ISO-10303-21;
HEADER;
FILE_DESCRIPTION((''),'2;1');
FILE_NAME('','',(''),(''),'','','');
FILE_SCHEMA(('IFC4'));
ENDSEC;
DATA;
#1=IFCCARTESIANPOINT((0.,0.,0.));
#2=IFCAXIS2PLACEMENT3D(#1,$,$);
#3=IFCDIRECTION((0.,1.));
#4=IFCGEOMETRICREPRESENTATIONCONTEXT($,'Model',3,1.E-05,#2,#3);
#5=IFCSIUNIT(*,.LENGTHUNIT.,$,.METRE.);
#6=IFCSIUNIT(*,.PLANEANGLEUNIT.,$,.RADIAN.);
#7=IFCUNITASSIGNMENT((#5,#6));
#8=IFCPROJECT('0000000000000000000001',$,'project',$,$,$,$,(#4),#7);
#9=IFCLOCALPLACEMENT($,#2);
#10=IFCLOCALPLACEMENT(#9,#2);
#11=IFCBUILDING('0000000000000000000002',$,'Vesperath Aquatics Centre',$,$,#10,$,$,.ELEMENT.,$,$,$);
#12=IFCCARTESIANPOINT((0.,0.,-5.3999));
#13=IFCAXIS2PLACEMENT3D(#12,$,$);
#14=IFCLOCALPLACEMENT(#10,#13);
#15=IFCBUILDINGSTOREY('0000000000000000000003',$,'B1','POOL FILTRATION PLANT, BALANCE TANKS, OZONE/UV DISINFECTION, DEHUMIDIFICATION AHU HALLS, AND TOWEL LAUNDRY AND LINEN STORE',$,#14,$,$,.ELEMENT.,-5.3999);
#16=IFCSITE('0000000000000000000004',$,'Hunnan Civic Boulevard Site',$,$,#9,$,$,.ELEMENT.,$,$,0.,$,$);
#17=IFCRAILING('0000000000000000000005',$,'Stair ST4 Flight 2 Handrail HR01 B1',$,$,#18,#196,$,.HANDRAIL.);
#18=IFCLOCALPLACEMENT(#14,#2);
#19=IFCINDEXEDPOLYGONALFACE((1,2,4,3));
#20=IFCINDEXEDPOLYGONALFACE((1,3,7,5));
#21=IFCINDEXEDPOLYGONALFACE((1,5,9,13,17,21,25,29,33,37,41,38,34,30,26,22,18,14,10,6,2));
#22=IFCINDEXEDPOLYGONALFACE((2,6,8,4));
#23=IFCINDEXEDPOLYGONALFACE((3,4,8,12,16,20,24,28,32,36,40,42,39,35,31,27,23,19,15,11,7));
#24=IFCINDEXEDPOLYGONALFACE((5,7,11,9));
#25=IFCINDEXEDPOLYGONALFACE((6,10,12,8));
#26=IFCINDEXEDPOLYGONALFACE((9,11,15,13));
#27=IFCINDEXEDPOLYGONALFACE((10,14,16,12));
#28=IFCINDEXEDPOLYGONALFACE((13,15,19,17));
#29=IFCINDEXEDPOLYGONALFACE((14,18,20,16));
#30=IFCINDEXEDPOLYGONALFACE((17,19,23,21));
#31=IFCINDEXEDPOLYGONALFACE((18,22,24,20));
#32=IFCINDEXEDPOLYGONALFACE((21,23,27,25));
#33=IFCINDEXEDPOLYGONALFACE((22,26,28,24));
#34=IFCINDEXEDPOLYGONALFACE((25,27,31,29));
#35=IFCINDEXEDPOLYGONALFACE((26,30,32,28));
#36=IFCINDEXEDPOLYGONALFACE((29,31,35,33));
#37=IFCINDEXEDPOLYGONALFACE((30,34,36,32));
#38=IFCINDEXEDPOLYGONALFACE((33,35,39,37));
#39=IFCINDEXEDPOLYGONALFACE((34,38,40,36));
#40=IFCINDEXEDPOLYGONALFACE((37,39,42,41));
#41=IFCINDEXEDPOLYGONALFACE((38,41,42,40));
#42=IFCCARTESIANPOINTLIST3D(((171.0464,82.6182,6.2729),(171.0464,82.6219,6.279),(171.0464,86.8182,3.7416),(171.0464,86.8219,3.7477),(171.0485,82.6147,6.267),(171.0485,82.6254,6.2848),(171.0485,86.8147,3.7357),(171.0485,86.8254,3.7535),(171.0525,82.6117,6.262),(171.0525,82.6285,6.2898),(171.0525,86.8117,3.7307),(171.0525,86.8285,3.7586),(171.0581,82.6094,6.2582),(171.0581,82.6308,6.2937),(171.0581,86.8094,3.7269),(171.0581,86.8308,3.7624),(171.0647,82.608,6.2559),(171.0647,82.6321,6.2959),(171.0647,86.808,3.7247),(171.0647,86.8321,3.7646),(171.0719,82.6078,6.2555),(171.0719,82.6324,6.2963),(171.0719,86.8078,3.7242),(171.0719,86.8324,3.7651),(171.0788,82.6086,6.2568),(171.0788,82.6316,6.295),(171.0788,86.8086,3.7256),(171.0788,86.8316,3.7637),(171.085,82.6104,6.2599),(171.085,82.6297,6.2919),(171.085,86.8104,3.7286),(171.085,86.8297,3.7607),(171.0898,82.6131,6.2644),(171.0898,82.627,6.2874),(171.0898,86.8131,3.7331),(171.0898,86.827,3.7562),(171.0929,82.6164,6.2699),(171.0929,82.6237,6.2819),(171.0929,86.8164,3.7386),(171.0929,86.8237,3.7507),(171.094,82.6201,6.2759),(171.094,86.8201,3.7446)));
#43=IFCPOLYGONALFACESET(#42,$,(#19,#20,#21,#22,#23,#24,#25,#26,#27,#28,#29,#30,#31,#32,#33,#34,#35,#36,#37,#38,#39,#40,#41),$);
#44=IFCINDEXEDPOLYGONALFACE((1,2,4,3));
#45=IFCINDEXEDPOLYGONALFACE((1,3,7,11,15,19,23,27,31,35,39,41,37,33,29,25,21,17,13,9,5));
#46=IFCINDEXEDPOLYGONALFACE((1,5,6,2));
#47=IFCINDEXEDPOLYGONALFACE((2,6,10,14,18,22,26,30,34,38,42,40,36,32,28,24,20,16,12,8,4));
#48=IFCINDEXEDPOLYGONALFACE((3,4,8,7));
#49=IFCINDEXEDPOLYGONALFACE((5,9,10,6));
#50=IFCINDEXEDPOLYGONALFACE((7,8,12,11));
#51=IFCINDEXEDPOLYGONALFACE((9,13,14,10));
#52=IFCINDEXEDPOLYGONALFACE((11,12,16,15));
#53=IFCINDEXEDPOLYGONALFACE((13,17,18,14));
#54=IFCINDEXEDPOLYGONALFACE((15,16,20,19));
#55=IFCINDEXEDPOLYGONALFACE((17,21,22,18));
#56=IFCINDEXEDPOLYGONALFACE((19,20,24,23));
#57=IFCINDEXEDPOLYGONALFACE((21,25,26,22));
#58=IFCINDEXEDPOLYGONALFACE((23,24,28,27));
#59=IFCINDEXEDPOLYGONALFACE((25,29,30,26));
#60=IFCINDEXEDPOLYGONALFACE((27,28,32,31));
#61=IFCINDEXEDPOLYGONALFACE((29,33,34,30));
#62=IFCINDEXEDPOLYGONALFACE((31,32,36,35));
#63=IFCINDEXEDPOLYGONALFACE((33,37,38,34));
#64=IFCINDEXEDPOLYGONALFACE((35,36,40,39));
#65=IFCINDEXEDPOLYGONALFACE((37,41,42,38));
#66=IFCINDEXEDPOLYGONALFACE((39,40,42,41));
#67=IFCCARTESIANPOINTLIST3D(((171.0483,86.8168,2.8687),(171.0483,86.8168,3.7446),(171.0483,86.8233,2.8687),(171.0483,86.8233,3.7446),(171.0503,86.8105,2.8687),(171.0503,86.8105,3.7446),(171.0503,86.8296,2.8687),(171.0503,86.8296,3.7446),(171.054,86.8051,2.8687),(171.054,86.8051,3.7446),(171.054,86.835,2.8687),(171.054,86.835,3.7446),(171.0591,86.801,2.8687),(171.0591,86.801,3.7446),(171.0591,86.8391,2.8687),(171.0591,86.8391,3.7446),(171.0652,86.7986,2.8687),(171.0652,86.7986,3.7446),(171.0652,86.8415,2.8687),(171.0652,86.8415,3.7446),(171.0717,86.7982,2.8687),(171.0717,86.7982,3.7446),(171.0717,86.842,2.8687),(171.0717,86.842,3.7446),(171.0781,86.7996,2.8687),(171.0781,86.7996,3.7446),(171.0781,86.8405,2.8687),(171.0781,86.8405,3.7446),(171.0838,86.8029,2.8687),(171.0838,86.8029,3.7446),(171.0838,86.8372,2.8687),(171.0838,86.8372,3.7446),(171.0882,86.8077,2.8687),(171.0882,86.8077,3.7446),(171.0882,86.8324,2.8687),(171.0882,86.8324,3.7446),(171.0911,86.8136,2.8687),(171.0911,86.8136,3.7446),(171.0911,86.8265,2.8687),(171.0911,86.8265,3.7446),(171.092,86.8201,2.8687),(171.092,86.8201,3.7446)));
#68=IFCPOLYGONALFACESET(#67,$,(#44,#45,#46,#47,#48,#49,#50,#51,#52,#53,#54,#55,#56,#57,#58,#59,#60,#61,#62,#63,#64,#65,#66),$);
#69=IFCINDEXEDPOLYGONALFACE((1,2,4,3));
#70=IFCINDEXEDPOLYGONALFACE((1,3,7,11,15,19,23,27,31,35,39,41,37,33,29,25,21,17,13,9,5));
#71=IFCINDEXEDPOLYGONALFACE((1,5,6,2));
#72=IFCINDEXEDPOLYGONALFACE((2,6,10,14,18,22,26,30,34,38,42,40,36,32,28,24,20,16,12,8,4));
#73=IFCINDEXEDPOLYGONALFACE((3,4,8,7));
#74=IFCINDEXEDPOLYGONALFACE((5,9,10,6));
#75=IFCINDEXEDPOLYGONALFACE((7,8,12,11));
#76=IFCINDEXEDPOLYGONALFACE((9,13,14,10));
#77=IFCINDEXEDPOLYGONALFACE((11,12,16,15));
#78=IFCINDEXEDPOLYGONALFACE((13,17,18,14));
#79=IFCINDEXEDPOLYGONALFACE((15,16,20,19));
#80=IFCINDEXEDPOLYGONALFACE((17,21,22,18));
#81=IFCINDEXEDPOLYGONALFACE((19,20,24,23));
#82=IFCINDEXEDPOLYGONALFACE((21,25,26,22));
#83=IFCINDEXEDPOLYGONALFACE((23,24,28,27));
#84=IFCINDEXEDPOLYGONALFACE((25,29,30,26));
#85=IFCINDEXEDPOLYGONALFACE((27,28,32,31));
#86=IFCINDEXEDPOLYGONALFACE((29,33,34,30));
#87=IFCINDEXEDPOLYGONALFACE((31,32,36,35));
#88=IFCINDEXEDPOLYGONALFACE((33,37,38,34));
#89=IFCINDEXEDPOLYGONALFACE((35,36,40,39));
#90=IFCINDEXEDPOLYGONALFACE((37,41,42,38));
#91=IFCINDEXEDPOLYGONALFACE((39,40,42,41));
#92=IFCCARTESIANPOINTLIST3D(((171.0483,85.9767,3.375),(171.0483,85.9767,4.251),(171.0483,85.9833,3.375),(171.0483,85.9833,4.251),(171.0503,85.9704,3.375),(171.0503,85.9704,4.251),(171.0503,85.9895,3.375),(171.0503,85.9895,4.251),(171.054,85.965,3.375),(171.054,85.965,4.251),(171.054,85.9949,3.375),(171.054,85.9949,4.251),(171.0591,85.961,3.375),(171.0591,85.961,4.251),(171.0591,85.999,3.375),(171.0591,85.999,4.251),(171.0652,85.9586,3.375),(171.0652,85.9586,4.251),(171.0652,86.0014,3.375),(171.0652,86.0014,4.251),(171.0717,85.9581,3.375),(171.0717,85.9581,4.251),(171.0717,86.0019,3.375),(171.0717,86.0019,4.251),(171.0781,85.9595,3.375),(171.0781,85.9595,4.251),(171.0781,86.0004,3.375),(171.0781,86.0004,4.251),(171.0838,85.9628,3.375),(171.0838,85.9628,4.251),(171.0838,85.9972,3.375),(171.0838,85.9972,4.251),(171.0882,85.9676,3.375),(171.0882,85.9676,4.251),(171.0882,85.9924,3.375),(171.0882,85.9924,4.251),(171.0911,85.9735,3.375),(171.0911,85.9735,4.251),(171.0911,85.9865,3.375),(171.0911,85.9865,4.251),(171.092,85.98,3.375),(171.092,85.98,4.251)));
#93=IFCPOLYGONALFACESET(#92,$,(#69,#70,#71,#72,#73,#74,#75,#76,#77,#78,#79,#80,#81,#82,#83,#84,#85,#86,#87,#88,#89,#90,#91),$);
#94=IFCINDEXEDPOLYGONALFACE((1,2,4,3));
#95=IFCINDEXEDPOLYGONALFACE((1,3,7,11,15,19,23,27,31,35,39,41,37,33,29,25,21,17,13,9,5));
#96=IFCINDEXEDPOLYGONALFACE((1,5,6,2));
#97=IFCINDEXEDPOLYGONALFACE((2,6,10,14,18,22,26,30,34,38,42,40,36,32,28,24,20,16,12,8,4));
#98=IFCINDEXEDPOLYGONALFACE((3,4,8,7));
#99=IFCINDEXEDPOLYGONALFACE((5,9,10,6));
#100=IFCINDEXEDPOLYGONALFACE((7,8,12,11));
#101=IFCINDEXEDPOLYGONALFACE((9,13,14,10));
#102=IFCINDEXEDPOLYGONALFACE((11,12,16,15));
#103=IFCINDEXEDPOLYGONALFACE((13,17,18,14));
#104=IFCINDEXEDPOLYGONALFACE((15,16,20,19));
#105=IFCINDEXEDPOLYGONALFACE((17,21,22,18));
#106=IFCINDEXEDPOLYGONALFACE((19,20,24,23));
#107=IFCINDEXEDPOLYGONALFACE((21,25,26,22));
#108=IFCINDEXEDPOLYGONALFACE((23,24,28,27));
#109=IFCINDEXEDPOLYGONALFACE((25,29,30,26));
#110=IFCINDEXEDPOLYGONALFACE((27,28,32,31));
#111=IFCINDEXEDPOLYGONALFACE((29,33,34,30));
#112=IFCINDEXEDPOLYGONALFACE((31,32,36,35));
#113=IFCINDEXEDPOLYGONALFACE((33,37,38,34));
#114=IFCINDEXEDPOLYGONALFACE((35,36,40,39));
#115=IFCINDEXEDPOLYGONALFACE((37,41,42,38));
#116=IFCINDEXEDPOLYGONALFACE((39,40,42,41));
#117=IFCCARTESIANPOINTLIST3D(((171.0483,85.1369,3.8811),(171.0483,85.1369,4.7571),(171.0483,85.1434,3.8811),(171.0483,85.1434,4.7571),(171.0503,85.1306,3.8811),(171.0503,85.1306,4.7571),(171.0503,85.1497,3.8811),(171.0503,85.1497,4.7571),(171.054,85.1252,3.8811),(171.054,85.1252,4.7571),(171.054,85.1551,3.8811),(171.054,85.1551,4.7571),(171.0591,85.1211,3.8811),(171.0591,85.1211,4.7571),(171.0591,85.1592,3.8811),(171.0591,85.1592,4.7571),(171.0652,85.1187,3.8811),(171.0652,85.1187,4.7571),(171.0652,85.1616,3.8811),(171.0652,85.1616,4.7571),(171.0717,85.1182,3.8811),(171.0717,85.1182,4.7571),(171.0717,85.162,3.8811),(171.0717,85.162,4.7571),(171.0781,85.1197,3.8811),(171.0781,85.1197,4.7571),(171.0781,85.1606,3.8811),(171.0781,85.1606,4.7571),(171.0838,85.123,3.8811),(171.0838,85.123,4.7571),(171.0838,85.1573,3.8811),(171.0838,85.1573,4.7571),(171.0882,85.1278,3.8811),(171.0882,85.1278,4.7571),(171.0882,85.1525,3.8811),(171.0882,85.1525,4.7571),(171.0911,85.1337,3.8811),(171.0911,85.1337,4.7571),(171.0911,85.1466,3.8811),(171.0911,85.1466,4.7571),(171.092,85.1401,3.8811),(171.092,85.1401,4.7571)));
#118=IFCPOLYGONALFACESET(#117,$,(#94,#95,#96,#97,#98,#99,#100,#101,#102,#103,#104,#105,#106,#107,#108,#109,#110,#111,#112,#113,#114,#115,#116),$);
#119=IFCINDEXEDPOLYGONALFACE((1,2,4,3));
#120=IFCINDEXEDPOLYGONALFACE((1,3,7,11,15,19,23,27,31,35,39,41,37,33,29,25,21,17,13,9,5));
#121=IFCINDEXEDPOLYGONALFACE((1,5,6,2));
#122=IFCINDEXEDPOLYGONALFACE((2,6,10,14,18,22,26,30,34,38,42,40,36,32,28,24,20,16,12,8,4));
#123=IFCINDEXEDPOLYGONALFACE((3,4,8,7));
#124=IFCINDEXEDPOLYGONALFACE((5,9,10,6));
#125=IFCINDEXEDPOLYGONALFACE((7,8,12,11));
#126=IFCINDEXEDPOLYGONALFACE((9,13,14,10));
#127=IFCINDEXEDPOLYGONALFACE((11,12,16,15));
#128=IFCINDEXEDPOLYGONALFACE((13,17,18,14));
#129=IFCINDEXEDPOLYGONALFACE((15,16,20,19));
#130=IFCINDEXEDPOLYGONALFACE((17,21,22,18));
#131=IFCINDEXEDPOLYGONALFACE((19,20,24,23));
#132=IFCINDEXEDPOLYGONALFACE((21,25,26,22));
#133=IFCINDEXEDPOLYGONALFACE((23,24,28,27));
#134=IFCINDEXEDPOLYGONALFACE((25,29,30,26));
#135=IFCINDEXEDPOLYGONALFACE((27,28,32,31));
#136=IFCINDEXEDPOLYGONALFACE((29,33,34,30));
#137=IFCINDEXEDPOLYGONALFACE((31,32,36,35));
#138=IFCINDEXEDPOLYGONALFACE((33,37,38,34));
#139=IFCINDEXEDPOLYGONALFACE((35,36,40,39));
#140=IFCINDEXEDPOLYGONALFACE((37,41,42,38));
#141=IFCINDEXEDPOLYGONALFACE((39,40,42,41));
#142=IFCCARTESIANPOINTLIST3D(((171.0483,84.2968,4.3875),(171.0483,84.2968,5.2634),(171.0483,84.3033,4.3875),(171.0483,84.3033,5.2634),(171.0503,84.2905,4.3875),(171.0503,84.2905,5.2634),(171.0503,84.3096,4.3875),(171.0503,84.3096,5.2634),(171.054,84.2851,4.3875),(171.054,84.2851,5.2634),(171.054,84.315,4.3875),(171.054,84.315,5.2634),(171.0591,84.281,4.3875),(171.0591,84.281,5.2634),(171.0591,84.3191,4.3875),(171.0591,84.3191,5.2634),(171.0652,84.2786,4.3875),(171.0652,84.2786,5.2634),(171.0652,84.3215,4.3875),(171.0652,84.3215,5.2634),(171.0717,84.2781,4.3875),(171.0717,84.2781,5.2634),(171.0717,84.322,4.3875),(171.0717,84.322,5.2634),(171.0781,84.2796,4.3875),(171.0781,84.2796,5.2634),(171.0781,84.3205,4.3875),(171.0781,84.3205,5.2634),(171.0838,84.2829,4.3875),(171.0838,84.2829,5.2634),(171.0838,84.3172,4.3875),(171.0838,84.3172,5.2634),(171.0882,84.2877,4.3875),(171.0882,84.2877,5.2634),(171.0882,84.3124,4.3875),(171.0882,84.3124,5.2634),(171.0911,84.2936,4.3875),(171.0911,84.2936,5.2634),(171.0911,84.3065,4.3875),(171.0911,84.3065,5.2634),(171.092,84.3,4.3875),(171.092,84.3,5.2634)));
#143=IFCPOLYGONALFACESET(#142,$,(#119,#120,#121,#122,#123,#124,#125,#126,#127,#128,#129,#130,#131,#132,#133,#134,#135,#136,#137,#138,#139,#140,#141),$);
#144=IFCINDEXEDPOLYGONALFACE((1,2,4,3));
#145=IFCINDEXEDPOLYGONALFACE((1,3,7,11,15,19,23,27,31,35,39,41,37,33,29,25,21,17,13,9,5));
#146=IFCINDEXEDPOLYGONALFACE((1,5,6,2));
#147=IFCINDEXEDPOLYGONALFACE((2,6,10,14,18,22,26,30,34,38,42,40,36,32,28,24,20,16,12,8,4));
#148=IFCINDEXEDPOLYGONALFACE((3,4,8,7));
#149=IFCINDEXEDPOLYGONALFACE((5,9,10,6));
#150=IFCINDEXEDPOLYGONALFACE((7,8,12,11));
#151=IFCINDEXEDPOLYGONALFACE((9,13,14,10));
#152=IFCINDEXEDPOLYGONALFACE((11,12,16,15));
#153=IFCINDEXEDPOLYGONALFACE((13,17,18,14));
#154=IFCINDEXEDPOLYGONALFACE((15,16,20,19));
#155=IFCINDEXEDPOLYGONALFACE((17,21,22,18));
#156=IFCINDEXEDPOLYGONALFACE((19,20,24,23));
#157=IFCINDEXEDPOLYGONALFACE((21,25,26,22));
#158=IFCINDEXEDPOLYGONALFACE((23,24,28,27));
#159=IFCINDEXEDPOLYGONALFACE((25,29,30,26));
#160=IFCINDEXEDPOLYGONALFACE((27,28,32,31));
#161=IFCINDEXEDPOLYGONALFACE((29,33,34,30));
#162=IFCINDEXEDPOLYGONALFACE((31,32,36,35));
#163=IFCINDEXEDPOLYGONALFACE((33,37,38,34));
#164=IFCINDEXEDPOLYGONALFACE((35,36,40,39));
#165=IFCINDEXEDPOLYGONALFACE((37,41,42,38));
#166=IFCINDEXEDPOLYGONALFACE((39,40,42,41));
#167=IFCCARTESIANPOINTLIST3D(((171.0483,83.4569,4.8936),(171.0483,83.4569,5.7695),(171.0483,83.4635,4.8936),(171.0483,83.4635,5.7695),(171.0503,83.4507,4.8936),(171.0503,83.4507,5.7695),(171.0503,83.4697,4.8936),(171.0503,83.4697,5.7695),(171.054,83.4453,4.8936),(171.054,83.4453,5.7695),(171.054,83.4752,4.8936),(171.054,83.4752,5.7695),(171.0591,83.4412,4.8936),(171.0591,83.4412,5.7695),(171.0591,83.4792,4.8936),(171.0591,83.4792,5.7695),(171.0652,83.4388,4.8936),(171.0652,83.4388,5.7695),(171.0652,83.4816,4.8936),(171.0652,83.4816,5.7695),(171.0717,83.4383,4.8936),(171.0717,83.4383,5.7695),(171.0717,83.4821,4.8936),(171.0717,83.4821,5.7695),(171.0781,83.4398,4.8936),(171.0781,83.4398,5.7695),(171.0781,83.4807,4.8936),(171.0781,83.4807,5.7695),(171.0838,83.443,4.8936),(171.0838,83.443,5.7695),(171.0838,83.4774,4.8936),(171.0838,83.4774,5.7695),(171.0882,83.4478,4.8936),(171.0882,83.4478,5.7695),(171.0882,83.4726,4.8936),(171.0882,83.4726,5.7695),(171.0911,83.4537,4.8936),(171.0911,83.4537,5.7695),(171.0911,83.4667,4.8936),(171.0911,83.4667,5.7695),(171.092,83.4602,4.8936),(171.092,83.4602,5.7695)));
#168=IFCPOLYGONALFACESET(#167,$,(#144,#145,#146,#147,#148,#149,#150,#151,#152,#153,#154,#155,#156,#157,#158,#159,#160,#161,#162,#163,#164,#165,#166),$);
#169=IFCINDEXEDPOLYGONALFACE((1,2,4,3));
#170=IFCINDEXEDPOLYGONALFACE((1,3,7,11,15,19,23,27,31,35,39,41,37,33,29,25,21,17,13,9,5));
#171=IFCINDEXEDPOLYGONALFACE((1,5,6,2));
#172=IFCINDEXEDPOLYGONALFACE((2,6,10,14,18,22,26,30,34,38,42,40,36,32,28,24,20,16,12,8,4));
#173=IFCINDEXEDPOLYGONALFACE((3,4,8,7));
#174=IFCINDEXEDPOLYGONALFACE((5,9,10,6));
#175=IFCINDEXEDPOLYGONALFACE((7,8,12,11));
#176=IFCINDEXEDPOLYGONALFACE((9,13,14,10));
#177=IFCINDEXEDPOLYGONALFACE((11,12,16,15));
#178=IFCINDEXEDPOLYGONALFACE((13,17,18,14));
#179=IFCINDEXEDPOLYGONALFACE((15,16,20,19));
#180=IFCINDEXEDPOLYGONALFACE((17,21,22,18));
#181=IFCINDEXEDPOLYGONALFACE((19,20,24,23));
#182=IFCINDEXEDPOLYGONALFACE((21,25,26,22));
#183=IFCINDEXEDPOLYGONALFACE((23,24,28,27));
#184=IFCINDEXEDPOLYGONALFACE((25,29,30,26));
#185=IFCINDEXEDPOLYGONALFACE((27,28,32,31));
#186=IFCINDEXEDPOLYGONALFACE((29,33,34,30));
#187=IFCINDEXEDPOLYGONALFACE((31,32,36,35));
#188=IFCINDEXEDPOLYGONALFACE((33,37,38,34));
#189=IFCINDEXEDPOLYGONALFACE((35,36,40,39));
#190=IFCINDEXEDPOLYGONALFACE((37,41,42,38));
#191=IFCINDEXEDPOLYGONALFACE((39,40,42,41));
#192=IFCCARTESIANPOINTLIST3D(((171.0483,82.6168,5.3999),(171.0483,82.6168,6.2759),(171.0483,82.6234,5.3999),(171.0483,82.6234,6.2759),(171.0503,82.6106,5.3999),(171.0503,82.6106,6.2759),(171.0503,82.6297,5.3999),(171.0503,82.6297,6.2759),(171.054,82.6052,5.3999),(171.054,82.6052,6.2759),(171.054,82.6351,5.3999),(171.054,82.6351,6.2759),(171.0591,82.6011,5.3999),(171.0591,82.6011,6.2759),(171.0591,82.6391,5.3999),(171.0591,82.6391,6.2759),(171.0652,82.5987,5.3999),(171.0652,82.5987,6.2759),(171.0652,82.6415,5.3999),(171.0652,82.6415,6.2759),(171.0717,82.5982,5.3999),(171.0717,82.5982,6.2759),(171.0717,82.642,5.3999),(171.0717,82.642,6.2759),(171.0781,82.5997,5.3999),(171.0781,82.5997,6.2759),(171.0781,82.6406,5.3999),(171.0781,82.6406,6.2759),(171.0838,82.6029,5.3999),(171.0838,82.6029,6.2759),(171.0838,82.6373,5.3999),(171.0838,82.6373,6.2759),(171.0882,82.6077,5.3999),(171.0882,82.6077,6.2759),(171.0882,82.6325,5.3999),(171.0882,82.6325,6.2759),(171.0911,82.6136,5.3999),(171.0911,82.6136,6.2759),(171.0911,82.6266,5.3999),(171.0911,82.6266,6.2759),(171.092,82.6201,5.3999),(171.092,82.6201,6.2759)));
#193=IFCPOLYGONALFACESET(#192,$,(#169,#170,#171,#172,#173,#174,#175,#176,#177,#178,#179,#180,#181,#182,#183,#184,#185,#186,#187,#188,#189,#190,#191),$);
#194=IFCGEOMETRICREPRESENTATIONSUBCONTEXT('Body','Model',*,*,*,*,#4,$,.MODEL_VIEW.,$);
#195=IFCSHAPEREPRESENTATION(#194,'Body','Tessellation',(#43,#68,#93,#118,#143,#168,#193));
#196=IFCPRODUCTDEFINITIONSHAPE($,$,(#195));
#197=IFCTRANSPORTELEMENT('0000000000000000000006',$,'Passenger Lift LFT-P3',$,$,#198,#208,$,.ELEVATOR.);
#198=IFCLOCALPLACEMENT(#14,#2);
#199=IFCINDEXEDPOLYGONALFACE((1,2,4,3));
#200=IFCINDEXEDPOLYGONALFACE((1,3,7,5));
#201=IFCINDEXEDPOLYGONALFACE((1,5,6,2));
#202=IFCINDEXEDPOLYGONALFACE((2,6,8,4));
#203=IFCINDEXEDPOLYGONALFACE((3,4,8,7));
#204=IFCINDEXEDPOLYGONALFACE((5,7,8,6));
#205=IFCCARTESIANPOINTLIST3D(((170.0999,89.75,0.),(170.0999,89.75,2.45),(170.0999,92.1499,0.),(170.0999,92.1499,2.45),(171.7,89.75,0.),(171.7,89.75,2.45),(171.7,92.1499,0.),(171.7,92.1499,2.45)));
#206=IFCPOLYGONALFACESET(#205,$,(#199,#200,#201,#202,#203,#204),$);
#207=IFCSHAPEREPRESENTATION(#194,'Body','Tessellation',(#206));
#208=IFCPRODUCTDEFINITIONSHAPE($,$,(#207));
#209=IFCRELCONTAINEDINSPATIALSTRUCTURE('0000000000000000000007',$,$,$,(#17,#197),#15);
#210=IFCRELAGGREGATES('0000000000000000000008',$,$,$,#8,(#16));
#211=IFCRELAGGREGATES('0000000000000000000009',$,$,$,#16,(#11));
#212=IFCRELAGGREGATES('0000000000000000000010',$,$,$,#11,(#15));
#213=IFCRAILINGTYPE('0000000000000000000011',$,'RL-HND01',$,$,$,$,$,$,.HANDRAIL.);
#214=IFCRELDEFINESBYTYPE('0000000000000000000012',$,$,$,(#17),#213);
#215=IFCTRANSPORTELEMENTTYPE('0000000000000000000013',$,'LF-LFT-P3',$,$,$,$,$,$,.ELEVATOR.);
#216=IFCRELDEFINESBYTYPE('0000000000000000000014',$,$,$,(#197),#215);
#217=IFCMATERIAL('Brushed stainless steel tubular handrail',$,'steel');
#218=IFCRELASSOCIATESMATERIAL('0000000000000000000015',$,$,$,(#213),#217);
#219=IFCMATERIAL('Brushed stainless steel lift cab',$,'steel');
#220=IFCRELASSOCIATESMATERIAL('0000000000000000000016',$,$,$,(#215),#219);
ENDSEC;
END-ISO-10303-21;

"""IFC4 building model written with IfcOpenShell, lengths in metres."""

from ifc_helpers import new_model, si_unit, direction, frame, origin, origin_2d, place, context, subcontext, project, spatial, rectangle, circle, extrude, material, type_object, element, save


model = new_model("IFC4")

# Units and contexts
model_context = context("Model", 3, precision=1e-05, world=origin(), true_north=direction((0.0, 1.0)))
body_context = subcontext(model_context, "Body", "Model", "MODEL_VIEW")
ifc_project = project(units=[si_unit("LENGTHUNIT", "METRE"), si_unit("PLANEANGLEUNIT", "RADIAN")], contexts=[model_context])

# Site, building, storey
site_placement = place(None, origin())
site = spatial("IfcSite", under=ifc_project, at=site_placement, Name="Hunnan Civic Boulevard Site", CompositionType="ELEMENT", RefElevation=0.0)
building_placement = place(site_placement, origin())
building = spatial("IfcBuilding", under=site, at=building_placement, Name="Vesperath Aquatics Centre", CompositionType="ELEMENT")
storey_placement = place(building_placement, frame((0.0, 0.0, -5.3999)))
storey = spatial("IfcBuildingStorey", under=building, at=storey_placement, Name="B1", Description="POOL FILTRATION PLANT, BALANCE TANKS, OZONE/UV DISINFECTION, DEHUMIDIFICATION AHU HALLS, AND TOWEL LAUNDRY AND LINEN STORE", CompositionType="ELEMENT", Elevation=-5.3999)

# Railing
ifc_material_1 = material(Name="Brushed stainless steel tubular handrail", Category="steel")
railing_type_1 = type_object("IfcRailingType", Name="RL-HND01", PredefinedType="HANDRAIL", material=ifc_material_1)
railing_1_placement = place(storey_placement, frame((171.0701, 86.8201, 2.8687)))
element("IfcRailing", 1, at=railing_1_placement, inside=storey, type_object=railing_type_1, Name="Stair ST4 Flight 2 Handrail HR01 B1", PredefinedType="HANDRAIL", context=body_context, shape_type="SweptSolid", body=[
    extrude(circle(Radius=0.0239, at=origin_2d()), frame((0.0, 0.0, 0.876), z_axis=(0.0, -0.856476, 0.516186), x_axis=(1.0, 0.0, 0.0)), (0.0, 0.0, 1.0), 4.9038),
    extrude(circle(Radius=0.022, at=origin_2d()), origin(), (0.0, 0.0, 1.0), 0.876),
    extrude(circle(Radius=0.022, at=origin_2d()), frame((0.0, -0.8401, 0.5063)), (0.0, 0.0, 1.0), 0.876),
    extrude(circle(Radius=0.022, at=origin_2d()), frame((0.0, -1.6799, 1.0125)), (0.0, 0.0, 1.0), 0.876),
    extrude(circle(Radius=0.022, at=origin_2d()), frame((0.0, -2.52, 1.5188)), (0.0, 0.0, 1.0), 0.876),
    extrude(circle(Radius=0.022, at=origin_2d()), frame((0.0, -3.3599, 2.0249)), (0.0, 0.0, 1.0), 0.876),
    extrude(circle(Radius=0.022, at=origin_2d()), frame((0.0, -4.2, 2.5312)), (0.0, 0.0, 1.0), 0.876),
])

# Transport element
ifc_material_2 = material(Name="Brushed stainless steel lift cab", Category="steel")
transport_element_type = type_object("IfcTransportElementType", Name="LF-LFT-P3", PredefinedType="ELEVATOR", material=ifc_material_2)
transport_element_placement = place(storey_placement, frame((170.8999, 90.95, 0.0), z_axis=(0.0, 0.0, 1.0), x_axis=(1.0, 0.0, 0.0)))
element("IfcTransportElement", 2, at=transport_element_placement, inside=storey, type_object=transport_element_type, Name="Passenger Lift LFT-P3", PredefinedType="ELEVATOR", context=body_context, shape_type="SweptSolid", body=[
    extrude(rectangle(XDim=1.6001, YDim=2.3999, at=origin_2d()), origin(), (0.0, 0.0, 1.0), 2.45),
])

save(model, "model.ifc")
